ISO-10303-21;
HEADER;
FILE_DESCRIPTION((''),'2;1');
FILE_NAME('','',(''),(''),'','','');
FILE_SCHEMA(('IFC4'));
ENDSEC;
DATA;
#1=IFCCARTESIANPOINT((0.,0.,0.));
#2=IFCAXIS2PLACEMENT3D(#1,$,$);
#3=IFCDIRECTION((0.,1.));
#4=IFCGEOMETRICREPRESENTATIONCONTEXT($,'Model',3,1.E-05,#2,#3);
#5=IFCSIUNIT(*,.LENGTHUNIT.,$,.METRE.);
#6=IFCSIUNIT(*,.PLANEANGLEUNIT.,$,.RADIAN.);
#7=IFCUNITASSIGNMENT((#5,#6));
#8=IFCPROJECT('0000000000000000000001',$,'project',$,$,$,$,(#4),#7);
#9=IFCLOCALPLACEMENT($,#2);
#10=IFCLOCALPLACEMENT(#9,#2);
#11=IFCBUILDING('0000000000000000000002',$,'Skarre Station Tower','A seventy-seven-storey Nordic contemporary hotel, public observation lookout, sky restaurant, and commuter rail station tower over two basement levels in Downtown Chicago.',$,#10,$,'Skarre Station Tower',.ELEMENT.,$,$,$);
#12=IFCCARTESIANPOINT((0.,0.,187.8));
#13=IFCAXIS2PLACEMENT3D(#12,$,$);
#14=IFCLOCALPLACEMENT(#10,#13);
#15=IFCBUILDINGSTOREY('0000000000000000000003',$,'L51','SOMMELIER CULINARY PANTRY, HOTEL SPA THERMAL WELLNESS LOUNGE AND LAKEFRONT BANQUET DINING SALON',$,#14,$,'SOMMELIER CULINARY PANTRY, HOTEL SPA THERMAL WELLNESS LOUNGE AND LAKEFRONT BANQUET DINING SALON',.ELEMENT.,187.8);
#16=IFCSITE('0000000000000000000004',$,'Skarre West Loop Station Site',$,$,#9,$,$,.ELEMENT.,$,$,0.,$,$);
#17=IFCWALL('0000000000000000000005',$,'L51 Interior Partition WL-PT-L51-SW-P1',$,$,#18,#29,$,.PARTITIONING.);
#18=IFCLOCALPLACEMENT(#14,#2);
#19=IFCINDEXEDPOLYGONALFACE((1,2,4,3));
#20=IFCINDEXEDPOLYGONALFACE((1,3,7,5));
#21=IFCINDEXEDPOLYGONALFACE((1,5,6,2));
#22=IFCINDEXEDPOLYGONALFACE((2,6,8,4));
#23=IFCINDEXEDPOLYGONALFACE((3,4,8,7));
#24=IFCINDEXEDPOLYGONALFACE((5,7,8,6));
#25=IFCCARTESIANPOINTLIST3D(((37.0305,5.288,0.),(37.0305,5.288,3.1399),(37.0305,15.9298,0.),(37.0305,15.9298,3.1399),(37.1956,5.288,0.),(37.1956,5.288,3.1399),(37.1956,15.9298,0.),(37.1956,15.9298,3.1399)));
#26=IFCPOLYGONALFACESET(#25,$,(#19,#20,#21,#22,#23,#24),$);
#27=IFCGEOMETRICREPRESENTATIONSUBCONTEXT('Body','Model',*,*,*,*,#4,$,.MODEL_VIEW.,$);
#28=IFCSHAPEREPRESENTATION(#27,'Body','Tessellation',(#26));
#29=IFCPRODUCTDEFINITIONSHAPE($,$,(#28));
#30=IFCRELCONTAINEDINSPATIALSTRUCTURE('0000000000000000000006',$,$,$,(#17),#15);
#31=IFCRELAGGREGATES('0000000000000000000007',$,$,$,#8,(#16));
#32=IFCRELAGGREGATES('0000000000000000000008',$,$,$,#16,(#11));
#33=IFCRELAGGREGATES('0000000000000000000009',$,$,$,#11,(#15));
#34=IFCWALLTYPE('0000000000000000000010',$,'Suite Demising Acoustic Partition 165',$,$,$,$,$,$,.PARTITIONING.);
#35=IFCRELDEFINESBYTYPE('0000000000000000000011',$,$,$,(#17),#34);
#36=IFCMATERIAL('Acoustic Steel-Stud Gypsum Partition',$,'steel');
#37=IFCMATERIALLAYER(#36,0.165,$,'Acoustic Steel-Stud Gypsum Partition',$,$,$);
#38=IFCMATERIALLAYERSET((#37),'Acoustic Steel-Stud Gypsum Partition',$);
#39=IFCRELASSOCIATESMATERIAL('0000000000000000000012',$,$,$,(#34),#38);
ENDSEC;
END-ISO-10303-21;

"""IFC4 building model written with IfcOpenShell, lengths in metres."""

from ifc_helpers import new_model, si_unit, direction, frame, frame_2d, origin, place, context, subcontext, project, spatial, rectangle, extrude, material, layer, layer_set, type_object, element, save


model = new_model("IFC4")

# Units and contexts
model_context = context("Model", 3, precision=1e-05, world=origin(), true_north=direction((0.0, 1.0)))
body_context = subcontext(model_context, "Body", "Model", "MODEL_VIEW")
ifc_project = project(units=[si_unit("LENGTHUNIT", "METRE"), si_unit("PLANEANGLEUNIT", "RADIAN")], contexts=[model_context])

# Site, building, storey
site_placement = place(None, origin())
site = spatial("IfcSite", under=ifc_project, at=site_placement, Name="Skarre West Loop Station Site", CompositionType="ELEMENT", RefElevation=0.0)
building_placement = place(site_placement, origin())
building = spatial("IfcBuilding", under=site, at=building_placement, Name="Skarre Station Tower", Description="A seventy-seven-storey Nordic contemporary hotel, public observation lookout, sky restaurant, and commuter rail station tower over two basement levels in Downtown Chicago.", LongName="Skarre Station Tower", CompositionType="ELEMENT")
storey_placement = place(building_placement, frame((0.0, 0.0, 187.8)))
storey = spatial("IfcBuildingStorey", under=building, at=storey_placement, Name="L51", Description="SOMMELIER CULINARY PANTRY, HOTEL SPA THERMAL WELLNESS LOUNGE AND LAKEFRONT BANQUET DINING SALON", LongName="SOMMELIER CULINARY PANTRY, HOTEL SPA THERMAL WELLNESS LOUNGE AND LAKEFRONT BANQUET DINING SALON", CompositionType="ELEMENT", Elevation=187.8)

# Wall
ifc_material_1 = material(Name="Acoustic Steel-Stud Gypsum Partition", Category="steel")
ifc_layer_1 = layer(ifc_material_1, 0.165, Name="Acoustic Steel-Stud Gypsum Partition")
ifc_layer_set_1 = layer_set([ifc_layer_1], Name="Acoustic Steel-Stud Gypsum Partition")
wall_type_1 = type_object("IfcWallType", Name="Suite Demising Acoustic Partition 165", PredefinedType="PARTITIONING", material=ifc_layer_set_1)
wall_1_placement = place(storey_placement, frame((37.113, 5.2881, 0.0), z_axis=(0.0, 0.0, 1.0), x_axis=(0.0, 1.0, 0.0)))
element("IfcWall", 1, at=wall_1_placement, inside=storey, type_object=wall_type_1, Name="L51 Interior Partition WL-PT-L51-SW-P1", PredefinedType="PARTITIONING", context=body_context, shape_type="SweptSolid", body=[
    extrude(rectangle(XDim=10.6418, YDim=0.165, at=frame_2d((5.3208, 0.0))), origin(), (0.0, 0.0, 1.0), 3.1399),
])

save(model, "model.ifc")
